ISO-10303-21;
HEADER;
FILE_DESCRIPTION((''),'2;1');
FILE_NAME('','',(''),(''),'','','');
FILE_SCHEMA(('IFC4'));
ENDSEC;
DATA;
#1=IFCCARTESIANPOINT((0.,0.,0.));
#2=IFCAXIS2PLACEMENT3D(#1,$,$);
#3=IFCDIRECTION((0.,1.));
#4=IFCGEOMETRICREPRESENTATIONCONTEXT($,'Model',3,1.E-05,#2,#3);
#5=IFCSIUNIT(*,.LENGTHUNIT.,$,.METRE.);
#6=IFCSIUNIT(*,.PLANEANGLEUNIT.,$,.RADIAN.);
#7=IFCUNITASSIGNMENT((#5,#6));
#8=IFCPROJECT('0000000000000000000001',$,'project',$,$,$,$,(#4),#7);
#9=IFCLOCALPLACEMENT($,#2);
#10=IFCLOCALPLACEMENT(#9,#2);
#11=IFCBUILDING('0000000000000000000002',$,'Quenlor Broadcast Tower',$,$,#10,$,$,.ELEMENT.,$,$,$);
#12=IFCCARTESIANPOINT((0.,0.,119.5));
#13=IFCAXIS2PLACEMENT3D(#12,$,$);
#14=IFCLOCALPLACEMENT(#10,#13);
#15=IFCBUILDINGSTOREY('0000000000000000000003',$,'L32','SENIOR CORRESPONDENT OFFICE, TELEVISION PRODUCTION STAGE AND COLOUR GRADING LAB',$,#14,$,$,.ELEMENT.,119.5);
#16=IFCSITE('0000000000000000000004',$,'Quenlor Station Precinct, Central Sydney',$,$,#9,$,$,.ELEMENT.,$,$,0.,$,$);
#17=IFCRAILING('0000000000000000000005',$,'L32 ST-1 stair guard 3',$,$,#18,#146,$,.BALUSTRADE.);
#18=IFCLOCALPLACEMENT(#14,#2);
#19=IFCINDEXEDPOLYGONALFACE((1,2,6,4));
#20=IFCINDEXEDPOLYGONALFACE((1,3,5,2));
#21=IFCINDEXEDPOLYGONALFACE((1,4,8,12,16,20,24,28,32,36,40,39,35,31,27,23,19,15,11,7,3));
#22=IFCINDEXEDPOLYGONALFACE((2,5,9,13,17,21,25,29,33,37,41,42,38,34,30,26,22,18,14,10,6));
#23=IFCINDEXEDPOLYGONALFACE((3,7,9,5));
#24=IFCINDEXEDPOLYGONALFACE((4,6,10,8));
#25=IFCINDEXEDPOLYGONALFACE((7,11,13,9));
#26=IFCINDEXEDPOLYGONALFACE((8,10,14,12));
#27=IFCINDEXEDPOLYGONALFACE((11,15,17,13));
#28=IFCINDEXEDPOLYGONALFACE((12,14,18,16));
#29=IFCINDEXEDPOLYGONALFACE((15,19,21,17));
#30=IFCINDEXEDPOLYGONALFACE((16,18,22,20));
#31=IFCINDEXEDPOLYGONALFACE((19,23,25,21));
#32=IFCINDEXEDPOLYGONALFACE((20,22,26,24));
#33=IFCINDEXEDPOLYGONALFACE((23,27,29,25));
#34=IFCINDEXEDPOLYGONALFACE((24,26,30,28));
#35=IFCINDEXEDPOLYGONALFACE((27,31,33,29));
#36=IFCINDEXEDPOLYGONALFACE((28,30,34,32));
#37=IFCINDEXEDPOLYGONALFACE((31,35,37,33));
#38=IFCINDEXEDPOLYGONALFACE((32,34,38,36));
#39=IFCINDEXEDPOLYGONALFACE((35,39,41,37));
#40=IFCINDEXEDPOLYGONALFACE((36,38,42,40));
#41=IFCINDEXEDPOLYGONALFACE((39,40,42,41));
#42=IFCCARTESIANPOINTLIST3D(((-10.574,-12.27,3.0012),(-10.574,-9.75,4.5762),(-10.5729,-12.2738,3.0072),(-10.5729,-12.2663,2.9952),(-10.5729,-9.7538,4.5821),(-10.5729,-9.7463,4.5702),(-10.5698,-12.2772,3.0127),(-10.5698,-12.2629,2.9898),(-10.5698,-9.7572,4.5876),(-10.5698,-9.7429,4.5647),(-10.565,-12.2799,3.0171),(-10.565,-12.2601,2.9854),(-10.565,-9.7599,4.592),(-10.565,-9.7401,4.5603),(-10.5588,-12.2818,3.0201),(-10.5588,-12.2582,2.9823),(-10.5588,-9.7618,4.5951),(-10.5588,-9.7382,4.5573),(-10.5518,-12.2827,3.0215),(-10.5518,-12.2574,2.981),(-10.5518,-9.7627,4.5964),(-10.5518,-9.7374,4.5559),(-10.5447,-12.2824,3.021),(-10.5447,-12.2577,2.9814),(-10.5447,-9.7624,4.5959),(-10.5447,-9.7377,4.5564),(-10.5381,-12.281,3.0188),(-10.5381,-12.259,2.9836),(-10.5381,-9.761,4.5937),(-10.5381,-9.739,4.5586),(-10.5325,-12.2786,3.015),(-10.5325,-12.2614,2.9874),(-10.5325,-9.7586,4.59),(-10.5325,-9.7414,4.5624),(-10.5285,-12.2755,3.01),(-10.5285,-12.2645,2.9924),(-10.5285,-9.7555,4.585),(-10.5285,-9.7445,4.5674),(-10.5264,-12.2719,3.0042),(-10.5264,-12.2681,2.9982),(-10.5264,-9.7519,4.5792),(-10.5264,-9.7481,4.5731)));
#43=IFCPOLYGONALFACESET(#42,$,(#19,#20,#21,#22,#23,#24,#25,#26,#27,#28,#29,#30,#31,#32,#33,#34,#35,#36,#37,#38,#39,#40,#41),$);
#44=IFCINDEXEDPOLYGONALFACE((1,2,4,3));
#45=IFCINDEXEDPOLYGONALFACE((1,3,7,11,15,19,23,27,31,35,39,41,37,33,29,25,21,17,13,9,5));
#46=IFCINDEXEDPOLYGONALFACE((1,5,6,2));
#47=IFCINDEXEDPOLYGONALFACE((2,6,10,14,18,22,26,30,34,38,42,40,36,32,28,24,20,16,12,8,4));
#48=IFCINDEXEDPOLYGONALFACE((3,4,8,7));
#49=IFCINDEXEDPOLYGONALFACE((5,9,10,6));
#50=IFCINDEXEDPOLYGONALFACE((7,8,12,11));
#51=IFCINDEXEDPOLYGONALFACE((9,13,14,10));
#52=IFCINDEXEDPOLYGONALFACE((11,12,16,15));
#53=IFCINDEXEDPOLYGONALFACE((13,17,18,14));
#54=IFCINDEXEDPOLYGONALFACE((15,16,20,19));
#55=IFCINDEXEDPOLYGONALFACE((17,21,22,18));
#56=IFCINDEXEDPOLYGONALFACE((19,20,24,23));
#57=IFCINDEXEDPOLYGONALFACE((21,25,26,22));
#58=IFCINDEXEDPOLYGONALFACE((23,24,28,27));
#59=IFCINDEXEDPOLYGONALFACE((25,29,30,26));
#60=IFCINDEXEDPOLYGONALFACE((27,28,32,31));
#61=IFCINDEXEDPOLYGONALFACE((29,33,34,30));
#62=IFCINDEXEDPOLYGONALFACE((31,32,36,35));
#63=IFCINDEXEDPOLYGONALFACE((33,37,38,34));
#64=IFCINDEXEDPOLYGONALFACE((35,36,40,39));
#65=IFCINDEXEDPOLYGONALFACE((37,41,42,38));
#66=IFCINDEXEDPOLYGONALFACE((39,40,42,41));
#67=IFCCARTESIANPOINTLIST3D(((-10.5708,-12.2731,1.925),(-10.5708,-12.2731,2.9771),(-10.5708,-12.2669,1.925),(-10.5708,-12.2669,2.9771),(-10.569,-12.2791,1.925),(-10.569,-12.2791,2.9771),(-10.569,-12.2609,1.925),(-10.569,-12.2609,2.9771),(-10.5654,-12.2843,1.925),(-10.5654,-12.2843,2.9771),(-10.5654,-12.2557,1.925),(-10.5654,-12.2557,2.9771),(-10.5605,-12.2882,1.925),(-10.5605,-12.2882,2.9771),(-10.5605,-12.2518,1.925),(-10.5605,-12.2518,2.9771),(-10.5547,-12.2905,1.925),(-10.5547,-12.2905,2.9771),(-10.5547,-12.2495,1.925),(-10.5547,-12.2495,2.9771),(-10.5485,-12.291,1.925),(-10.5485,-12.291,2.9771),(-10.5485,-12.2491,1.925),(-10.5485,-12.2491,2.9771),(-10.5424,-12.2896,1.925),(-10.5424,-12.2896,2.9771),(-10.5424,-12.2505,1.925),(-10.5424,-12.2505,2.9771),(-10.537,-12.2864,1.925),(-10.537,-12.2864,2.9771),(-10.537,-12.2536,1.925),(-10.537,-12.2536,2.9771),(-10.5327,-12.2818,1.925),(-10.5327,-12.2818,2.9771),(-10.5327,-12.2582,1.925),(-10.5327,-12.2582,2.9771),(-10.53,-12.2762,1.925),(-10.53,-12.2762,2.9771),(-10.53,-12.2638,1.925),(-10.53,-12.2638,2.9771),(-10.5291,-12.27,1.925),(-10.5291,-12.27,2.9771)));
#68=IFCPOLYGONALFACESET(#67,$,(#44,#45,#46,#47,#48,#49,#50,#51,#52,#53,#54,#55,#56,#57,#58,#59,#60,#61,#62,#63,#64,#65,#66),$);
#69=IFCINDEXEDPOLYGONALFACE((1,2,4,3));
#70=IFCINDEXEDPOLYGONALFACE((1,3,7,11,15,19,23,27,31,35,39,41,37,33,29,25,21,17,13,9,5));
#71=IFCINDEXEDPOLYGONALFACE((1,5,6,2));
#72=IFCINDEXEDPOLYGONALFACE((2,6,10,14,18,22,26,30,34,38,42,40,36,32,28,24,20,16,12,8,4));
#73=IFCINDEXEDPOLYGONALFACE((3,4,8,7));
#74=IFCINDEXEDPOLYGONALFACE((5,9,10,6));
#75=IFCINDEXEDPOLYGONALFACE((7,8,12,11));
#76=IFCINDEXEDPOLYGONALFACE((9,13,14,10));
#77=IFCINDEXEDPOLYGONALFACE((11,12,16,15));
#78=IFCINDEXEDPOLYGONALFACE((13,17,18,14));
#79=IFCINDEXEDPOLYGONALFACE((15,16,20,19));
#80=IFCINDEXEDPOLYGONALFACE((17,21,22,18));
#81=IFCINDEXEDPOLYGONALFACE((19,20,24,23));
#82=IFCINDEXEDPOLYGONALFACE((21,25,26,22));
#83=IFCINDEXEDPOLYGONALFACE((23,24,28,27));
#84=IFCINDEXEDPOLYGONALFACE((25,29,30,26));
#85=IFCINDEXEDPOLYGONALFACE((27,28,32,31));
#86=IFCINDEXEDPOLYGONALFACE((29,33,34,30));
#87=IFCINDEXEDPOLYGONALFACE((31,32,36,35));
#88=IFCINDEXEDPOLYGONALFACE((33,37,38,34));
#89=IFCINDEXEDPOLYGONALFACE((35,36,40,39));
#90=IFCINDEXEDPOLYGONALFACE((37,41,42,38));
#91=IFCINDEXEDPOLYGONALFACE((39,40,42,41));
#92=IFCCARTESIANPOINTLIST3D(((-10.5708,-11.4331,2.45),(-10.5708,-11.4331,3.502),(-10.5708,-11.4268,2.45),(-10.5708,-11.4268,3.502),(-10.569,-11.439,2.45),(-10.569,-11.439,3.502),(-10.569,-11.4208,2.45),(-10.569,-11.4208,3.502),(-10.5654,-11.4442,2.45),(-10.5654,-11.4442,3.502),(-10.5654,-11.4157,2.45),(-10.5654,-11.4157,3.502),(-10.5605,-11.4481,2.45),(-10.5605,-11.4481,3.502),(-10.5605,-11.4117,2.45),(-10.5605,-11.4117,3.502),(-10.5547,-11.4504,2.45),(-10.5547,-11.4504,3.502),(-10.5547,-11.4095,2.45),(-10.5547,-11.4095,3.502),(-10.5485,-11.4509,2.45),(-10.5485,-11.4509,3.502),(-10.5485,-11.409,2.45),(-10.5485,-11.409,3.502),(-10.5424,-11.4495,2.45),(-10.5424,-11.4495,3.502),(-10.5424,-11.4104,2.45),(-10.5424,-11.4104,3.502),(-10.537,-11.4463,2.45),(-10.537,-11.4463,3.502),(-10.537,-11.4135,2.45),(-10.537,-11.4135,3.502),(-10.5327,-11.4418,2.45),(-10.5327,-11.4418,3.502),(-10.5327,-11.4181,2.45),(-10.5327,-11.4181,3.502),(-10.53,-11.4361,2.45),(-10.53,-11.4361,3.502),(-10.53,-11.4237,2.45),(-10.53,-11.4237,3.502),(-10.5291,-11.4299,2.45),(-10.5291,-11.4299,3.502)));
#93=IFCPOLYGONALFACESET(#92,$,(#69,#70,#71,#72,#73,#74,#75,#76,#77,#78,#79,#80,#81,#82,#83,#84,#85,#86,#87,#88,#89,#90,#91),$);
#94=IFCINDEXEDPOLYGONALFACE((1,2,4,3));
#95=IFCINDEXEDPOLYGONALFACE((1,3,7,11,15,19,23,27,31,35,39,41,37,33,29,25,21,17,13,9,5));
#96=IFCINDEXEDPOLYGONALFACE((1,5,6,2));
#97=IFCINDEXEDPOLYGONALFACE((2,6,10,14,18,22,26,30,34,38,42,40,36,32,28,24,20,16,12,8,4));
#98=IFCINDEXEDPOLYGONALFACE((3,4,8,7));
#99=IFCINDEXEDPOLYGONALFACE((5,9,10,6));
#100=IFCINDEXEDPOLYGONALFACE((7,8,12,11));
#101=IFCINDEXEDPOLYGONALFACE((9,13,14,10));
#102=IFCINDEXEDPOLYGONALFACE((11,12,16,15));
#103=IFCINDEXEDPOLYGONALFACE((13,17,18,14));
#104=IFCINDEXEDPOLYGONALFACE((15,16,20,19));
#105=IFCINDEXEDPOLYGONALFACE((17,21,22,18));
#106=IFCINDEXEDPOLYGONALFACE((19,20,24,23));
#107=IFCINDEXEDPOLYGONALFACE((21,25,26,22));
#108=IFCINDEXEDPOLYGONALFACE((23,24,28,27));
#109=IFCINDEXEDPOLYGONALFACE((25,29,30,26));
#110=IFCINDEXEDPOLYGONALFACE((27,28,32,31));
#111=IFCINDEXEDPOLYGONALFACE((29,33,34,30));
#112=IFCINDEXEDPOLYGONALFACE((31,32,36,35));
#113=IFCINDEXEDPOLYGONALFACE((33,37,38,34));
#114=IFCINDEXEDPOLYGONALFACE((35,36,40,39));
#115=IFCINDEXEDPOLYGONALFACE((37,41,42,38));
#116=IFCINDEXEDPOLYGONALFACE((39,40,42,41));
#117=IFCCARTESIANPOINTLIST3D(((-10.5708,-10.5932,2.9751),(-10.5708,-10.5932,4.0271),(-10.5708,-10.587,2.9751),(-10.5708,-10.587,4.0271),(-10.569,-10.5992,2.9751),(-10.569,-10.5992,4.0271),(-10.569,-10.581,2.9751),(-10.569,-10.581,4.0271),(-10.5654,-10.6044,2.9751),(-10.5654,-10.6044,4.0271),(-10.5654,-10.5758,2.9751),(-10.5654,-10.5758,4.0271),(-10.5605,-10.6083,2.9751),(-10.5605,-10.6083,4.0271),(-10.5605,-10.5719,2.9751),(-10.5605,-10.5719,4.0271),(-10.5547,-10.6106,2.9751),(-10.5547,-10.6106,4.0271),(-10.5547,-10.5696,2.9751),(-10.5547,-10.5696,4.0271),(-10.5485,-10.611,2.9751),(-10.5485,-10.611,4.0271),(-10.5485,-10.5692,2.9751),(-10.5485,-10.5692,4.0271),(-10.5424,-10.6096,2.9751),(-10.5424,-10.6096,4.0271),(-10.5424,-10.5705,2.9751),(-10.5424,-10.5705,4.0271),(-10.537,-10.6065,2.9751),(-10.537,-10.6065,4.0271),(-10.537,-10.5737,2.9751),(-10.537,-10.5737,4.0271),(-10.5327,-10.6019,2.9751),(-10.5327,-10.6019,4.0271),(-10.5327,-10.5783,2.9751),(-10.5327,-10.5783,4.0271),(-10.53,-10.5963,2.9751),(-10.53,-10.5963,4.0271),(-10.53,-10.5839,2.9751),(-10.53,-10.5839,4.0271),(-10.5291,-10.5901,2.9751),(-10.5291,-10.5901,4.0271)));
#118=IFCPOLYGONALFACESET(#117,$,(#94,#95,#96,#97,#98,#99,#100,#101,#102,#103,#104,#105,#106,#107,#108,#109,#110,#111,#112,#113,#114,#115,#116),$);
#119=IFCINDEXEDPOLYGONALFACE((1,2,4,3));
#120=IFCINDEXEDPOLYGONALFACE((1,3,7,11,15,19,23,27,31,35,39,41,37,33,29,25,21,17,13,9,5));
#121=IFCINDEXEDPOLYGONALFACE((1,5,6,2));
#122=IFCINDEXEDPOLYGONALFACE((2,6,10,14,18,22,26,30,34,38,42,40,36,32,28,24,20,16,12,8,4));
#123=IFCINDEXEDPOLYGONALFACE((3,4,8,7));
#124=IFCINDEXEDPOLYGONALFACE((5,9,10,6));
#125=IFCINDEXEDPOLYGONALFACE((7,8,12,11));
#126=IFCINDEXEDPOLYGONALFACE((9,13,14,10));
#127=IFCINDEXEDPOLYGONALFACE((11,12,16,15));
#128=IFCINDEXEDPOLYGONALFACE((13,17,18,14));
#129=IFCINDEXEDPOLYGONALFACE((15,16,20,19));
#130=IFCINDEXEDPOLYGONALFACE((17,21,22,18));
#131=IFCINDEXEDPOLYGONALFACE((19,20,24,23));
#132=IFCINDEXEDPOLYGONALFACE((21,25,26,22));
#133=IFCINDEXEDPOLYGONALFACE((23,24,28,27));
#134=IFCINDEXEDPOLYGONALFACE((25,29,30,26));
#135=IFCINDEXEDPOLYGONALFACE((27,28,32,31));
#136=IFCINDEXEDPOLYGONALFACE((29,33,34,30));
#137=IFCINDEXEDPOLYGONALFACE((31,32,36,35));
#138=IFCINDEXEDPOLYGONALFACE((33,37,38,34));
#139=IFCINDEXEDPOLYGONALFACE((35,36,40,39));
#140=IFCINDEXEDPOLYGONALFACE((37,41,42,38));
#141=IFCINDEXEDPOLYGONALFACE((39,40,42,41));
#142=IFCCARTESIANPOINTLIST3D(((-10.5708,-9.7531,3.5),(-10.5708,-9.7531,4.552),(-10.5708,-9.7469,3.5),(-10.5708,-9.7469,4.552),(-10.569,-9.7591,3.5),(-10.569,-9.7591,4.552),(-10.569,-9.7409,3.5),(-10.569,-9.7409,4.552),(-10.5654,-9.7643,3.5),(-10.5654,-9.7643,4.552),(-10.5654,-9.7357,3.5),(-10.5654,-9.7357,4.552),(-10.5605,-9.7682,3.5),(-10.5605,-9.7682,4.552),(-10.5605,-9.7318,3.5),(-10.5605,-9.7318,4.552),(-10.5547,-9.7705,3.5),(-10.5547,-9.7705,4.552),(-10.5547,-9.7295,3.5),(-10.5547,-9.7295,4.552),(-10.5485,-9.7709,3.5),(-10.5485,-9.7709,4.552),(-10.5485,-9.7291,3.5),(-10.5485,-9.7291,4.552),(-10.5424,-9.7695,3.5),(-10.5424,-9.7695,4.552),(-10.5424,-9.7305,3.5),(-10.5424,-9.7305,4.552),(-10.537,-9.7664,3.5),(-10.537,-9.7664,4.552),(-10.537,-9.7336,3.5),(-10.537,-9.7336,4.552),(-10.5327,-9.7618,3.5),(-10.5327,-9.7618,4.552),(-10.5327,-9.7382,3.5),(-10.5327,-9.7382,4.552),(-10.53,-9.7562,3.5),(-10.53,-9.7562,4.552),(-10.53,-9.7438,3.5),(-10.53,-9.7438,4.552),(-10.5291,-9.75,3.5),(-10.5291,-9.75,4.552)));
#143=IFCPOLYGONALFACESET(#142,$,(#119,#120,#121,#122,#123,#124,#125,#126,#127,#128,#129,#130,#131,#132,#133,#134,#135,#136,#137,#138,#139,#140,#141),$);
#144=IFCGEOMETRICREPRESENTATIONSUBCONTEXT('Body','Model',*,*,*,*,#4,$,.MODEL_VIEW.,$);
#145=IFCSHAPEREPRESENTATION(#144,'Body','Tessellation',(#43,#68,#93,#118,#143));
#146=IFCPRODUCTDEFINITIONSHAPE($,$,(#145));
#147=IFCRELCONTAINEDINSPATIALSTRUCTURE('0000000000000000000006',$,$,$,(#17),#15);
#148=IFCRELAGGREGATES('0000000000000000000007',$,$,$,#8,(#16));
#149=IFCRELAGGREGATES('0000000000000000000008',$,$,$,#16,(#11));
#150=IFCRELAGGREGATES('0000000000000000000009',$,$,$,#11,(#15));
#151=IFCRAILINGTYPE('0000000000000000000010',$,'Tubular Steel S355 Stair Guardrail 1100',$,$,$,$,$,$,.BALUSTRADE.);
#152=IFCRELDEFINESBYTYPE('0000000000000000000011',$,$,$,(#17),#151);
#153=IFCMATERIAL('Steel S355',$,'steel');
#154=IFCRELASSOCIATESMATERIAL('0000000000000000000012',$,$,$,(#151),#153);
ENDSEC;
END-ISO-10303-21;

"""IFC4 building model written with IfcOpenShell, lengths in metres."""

from ifc_helpers import new_model, si_unit, direction, frame, origin, origin_2d, place, context, subcontext, project, spatial, circle, extrude, material, type_object, element, save


model = new_model("IFC4")

# Units and contexts
model_context = context("Model", 3, precision=1e-05, world=origin(), true_north=direction((0.0, 1.0)))
body_context = subcontext(model_context, "Body", "Model", "MODEL_VIEW")
ifc_project = project(units=[si_unit("LENGTHUNIT", "METRE"), si_unit("PLANEANGLEUNIT", "RADIAN")], contexts=[model_context])

# Site, building, storey
site_placement = place(None, origin())
site = spatial("IfcSite", under=ifc_project, at=site_placement, Name="Quenlor Station Precinct, Central Sydney", CompositionType="ELEMENT", RefElevation=0.0)
building_placement = place(site_placement, origin())
building = spatial("IfcBuilding", under=site, at=building_placement, Name="Quenlor Broadcast Tower", CompositionType="ELEMENT")
storey_placement = place(building_placement, frame((0.0, 0.0, 119.5)))
storey = spatial("IfcBuildingStorey", under=building, at=storey_placement, Name="L32", Description="SENIOR CORRESPONDENT OFFICE, TELEVISION PRODUCTION STAGE AND COLOUR GRADING LAB", CompositionType="ELEMENT", Elevation=119.5)

# Railing
ifc_material_1 = material(Name="Steel S355", Category="steel")
railing_type_1 = type_object("IfcRailingType", Name="Tubular Steel S355 Stair Guardrail 1100", PredefinedType="BALUSTRADE", material=ifc_material_1)
railing_1_placement = place(storey_placement, frame((-10.55, -12.27, 1.925)))
element("IfcRailing", 1, at=railing_1_placement, inside=storey, type_object=railing_type_1, Name="L32 ST-1 stair guard 3", PredefinedType="BALUSTRADE", context=body_context, shape_type="SweptSolid", body=[
    extrude(circle(Radius=0.0239, at=origin_2d()), frame((0.0, 0.0, 1.0762), z_axis=(0.0, 0.848008, 0.529984), x_axis=(-1.0, 0.0, 0.0)), (0.0, 0.0, 1.0), 2.9717),
    extrude(circle(Radius=0.021, at=origin_2d()), origin(), (0.0, 0.0, 1.0), 1.052),
    extrude(circle(Radius=0.021, at=origin_2d()), frame((0.0, 0.8401, 0.5249)), (0.0, 0.0, 1.0), 1.052),
    extrude(circle(Radius=0.021, at=origin_2d()), frame((0.0, 1.6799, 1.05)), (0.0, 0.0, 1.0), 1.052),
    extrude(circle(Radius=0.021, at=origin_2d()), frame((0.0, 2.52, 1.575)), (0.0, 0.0, 1.0), 1.052),
])

save(model, "model.ifc")
